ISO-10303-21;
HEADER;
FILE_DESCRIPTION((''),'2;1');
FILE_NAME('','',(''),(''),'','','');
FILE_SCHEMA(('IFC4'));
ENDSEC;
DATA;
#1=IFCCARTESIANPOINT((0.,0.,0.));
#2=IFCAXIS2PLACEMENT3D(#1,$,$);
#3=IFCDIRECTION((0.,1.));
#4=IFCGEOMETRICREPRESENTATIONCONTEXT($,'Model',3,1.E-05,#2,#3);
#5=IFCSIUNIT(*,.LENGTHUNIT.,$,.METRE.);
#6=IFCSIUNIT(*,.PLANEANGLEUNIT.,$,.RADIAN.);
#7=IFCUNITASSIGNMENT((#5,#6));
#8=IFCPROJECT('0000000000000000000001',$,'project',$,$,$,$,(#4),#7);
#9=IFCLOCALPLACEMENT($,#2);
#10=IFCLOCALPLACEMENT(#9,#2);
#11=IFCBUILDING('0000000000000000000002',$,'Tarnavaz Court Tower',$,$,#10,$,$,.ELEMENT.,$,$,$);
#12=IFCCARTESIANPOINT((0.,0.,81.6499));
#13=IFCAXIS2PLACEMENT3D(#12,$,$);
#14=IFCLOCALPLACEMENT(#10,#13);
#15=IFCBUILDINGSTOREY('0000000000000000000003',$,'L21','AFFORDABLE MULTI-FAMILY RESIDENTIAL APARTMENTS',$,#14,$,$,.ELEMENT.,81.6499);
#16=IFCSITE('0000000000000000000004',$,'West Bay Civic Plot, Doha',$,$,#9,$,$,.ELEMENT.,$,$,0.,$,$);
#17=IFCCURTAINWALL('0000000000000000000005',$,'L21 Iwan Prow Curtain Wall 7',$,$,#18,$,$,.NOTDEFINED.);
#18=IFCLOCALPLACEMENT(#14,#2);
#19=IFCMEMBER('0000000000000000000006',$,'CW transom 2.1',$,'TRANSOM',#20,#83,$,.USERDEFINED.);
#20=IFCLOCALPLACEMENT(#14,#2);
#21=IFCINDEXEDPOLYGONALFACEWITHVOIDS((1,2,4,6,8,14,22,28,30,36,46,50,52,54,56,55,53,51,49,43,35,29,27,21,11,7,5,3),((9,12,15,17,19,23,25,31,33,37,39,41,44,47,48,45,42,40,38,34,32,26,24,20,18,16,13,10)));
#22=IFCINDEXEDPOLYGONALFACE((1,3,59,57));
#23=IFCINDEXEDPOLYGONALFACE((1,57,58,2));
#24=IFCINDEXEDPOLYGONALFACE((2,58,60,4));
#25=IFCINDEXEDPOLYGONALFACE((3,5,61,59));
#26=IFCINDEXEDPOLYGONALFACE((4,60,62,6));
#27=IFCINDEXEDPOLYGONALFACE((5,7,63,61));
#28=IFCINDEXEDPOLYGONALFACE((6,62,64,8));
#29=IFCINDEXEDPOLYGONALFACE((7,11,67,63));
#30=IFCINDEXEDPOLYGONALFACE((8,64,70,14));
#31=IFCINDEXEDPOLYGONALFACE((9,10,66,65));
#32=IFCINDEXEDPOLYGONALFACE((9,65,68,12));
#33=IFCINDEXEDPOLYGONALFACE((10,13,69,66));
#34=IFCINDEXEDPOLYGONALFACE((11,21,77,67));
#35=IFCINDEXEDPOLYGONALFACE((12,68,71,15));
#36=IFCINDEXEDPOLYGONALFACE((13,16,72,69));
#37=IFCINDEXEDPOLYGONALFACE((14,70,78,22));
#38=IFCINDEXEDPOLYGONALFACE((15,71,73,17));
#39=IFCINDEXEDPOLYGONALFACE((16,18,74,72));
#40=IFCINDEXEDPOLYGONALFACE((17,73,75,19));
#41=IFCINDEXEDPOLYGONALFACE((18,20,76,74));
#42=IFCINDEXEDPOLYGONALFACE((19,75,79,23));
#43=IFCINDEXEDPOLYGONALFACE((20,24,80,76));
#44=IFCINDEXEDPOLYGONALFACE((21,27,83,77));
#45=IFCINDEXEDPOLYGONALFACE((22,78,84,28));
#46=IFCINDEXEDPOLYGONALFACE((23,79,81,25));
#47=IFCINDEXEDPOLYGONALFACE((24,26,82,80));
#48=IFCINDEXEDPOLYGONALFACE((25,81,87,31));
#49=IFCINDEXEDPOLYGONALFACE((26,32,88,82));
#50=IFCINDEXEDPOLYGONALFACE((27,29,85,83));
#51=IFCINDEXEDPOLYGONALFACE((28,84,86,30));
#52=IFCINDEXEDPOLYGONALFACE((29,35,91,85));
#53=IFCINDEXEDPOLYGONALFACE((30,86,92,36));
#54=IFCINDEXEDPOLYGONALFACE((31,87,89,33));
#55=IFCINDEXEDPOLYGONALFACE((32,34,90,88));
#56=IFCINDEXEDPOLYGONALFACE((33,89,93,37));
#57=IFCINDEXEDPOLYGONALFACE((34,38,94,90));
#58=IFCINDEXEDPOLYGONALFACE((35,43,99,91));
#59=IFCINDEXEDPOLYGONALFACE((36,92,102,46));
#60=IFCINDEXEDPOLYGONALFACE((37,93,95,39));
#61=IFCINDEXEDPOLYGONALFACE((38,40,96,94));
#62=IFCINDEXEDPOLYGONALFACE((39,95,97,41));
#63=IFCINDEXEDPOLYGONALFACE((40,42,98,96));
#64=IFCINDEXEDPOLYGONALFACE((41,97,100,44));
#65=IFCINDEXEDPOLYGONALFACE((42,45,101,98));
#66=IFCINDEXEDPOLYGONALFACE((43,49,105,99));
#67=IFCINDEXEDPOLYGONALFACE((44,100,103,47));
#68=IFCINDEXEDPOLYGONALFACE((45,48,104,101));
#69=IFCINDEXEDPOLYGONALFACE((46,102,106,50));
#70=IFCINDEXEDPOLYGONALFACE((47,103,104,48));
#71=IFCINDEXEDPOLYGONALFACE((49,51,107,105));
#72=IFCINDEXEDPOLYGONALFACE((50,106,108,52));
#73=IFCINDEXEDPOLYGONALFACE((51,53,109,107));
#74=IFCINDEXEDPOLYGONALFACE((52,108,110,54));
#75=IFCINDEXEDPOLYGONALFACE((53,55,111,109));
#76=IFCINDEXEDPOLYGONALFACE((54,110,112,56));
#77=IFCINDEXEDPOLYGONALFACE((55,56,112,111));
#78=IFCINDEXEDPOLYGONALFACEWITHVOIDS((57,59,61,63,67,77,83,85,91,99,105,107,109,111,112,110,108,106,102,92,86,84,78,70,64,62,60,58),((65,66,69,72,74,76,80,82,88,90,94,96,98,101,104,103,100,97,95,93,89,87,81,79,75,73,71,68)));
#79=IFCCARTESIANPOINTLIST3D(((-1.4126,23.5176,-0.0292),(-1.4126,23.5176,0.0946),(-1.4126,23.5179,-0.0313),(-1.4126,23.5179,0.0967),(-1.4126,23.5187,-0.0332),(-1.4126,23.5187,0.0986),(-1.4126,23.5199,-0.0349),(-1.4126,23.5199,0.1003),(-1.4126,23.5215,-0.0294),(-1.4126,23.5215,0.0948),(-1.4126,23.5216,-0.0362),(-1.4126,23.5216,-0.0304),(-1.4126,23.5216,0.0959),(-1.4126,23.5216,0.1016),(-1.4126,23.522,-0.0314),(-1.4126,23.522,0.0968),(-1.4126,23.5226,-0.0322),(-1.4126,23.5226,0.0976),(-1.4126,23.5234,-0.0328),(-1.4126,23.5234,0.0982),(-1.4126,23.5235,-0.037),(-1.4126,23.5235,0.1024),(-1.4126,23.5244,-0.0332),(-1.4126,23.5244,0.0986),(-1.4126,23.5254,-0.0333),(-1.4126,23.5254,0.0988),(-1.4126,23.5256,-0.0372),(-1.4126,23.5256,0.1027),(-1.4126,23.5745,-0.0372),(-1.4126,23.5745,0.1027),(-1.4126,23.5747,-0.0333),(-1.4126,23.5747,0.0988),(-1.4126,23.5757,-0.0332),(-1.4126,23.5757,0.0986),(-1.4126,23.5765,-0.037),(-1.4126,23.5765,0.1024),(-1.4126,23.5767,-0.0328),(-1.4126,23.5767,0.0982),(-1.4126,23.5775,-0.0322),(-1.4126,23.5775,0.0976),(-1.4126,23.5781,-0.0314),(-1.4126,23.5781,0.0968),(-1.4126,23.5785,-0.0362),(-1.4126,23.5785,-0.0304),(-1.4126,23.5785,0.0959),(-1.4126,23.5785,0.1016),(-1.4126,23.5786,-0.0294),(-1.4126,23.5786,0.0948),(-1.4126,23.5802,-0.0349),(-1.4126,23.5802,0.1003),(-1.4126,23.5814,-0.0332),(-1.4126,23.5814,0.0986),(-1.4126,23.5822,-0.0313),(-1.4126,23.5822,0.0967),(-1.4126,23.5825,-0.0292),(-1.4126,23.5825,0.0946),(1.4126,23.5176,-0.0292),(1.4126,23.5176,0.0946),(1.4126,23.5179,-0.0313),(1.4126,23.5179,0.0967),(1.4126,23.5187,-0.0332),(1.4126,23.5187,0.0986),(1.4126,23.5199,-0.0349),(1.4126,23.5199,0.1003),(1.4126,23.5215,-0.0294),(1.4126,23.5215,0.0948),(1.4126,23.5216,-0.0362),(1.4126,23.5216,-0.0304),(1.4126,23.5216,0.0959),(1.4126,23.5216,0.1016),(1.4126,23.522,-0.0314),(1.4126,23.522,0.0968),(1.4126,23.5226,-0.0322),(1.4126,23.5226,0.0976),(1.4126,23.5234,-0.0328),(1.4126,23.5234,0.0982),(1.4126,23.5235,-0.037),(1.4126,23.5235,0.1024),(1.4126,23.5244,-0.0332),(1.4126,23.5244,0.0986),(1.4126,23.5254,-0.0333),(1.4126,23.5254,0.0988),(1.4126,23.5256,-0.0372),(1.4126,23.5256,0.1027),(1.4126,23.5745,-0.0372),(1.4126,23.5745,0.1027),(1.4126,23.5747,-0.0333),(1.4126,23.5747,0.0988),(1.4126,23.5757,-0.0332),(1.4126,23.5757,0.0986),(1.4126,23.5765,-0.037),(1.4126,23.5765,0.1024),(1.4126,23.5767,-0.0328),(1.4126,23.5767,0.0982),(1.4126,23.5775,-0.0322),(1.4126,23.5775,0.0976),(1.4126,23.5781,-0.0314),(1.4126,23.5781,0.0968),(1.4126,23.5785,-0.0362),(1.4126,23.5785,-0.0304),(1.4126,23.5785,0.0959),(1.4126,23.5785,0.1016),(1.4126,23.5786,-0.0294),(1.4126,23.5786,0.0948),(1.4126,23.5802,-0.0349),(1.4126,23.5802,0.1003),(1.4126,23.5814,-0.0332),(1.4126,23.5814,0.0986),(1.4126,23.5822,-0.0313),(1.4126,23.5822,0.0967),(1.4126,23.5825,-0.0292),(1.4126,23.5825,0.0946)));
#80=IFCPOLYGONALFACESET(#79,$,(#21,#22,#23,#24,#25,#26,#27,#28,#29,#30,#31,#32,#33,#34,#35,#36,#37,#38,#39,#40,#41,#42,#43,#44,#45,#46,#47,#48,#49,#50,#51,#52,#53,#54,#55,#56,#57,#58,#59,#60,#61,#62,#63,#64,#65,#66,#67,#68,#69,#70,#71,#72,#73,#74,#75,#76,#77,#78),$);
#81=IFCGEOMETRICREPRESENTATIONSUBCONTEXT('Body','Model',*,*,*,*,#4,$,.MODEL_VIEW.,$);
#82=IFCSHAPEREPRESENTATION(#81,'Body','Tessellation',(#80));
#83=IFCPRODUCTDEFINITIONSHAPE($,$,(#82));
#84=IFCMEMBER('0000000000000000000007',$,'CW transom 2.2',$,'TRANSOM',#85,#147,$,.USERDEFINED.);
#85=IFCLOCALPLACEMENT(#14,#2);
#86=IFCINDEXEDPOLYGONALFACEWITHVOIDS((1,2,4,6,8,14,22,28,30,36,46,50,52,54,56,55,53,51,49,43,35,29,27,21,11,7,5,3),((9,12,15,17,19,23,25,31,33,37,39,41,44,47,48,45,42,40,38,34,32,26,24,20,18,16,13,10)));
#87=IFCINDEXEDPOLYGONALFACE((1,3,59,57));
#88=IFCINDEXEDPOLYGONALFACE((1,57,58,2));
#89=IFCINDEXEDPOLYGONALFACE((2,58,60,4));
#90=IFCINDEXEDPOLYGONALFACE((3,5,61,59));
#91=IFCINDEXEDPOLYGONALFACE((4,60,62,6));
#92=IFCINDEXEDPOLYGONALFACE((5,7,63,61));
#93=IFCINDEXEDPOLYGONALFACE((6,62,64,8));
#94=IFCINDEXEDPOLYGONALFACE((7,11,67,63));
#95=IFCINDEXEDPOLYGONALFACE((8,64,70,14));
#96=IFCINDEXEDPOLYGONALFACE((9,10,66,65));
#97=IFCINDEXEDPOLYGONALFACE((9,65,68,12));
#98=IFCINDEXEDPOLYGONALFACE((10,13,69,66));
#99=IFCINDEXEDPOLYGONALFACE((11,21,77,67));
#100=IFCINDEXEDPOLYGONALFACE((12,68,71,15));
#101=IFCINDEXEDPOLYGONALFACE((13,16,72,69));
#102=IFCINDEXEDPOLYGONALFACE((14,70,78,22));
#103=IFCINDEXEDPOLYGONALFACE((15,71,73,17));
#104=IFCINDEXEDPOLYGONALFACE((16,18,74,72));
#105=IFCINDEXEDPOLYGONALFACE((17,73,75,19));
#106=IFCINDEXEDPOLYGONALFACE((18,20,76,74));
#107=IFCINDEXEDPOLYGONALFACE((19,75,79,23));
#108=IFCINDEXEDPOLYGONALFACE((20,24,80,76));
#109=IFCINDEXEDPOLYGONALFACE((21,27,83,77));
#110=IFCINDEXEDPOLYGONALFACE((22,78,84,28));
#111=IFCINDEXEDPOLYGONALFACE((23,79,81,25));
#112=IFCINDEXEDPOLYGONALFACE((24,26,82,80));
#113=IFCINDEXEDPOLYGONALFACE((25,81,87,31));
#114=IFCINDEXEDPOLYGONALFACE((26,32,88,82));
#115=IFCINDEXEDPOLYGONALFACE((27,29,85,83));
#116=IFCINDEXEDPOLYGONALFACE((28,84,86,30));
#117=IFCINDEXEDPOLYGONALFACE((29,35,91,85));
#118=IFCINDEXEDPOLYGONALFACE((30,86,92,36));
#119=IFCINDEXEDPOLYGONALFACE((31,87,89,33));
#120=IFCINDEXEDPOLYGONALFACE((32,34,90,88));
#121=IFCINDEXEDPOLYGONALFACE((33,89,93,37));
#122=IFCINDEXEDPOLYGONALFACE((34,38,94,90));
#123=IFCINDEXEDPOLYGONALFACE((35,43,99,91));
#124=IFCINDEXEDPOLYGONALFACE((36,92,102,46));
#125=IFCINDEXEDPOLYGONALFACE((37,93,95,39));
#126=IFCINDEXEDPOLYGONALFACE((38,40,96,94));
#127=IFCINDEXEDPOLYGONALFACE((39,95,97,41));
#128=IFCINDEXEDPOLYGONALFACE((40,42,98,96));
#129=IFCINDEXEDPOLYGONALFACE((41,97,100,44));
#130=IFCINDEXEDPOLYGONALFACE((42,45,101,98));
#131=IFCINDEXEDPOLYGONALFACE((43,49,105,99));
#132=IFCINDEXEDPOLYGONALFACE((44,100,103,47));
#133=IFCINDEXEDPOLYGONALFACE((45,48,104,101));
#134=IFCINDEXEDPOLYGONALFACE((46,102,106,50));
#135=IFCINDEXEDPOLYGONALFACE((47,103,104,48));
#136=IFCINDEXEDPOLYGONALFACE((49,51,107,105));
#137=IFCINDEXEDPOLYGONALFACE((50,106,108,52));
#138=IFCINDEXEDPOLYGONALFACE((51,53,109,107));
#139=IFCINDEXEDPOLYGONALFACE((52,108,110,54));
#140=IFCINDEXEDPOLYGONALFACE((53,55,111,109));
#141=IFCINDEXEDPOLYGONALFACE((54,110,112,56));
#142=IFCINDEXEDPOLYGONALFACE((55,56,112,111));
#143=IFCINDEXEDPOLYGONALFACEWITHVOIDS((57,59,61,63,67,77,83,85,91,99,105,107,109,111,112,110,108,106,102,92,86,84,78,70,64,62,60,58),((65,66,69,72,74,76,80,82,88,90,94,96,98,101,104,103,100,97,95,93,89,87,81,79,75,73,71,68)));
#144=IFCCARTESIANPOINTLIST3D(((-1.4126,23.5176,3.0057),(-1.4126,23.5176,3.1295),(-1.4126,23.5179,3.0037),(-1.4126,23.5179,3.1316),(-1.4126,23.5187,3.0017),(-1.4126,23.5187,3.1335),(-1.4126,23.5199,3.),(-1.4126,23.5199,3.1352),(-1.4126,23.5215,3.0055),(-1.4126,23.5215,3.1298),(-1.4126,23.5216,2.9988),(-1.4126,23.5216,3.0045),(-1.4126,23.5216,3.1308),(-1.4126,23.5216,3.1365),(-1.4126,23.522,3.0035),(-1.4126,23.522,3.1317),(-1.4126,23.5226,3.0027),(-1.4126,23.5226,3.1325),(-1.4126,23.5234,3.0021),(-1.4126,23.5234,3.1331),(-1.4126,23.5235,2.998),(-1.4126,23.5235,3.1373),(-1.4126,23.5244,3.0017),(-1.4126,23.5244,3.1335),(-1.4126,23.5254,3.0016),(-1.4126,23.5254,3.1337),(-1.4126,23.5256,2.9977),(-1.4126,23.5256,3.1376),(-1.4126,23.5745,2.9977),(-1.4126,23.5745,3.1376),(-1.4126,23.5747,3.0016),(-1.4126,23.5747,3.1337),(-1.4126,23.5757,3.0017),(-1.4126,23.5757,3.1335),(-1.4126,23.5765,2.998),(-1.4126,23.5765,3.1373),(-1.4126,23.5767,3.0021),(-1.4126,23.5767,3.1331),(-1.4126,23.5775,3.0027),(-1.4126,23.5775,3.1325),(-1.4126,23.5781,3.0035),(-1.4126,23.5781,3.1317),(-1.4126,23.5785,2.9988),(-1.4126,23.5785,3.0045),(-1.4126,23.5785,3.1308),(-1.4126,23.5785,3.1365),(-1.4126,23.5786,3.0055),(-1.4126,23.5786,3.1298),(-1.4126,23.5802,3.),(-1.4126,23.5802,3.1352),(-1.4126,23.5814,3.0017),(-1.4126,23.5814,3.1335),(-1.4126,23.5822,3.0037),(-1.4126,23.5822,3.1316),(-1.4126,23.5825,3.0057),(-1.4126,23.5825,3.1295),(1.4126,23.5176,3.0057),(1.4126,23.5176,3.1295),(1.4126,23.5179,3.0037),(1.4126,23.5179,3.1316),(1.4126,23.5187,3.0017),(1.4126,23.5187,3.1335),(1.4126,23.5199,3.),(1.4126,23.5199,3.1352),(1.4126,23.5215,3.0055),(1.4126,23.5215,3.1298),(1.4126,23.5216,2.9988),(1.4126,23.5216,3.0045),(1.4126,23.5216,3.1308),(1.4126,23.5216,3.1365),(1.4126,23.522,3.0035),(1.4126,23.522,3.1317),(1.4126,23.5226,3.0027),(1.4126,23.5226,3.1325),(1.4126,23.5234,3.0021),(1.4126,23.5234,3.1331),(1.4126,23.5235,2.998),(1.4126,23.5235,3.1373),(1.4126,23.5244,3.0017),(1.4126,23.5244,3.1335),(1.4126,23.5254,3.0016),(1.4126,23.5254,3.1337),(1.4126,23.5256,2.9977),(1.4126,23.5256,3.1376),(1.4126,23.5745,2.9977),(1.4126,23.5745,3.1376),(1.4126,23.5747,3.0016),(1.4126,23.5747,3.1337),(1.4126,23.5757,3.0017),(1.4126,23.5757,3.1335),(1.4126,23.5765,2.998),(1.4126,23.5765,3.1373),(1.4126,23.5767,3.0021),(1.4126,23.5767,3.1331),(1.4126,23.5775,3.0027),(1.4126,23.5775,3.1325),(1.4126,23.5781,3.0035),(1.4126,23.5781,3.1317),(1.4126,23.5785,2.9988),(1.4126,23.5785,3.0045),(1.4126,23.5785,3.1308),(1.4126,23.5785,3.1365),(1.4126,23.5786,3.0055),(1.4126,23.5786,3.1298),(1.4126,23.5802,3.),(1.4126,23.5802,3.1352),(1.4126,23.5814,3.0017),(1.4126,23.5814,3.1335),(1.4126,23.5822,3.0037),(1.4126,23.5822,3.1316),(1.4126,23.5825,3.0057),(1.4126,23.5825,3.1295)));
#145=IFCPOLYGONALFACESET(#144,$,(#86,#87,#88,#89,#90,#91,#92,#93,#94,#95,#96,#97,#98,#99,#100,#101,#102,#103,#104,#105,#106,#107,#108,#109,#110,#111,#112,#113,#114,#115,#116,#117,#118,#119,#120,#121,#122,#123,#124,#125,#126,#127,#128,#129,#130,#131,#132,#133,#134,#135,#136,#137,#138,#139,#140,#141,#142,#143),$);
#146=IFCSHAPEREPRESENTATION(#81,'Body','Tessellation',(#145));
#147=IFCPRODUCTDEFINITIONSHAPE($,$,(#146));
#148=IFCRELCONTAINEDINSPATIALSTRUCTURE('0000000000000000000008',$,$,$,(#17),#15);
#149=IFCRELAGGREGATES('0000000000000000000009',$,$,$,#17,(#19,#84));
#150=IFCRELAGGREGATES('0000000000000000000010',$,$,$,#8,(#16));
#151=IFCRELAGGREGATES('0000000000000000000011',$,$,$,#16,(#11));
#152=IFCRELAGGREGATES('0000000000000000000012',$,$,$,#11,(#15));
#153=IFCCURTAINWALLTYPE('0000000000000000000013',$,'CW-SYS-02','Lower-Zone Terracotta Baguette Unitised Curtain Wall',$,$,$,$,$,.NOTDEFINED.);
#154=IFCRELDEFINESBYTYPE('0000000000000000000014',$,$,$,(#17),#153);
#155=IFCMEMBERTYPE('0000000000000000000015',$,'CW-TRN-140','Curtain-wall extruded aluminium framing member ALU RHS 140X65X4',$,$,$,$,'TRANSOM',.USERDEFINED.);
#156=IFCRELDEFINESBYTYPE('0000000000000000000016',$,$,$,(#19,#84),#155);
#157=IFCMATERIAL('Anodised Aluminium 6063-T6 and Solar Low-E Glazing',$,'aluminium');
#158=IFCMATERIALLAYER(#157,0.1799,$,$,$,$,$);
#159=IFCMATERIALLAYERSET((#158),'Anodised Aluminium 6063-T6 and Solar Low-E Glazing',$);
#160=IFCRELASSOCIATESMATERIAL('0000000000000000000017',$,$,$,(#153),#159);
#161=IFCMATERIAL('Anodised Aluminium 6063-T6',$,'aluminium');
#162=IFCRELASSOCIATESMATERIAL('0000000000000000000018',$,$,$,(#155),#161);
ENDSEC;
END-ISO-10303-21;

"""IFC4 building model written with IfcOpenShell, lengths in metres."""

from ifc_helpers import new_model, si_unit, direction, frame, origin, origin_2d, place, context, subcontext, project, spatial, hollow_rectangle, extrude, material, layer, layer_set, material_profile, profile_set, type_object, element, aggregate, save


model = new_model("IFC4")

# Units and contexts
model_context = context("Model", 3, precision=1e-05, world=origin(), true_north=direction((0.0, 1.0)))
body_context = subcontext(model_context, "Body", "Model", "MODEL_VIEW")
ifc_project = project(units=[si_unit("LENGTHUNIT", "METRE"), si_unit("PLANEANGLEUNIT", "RADIAN")], contexts=[model_context])

# Site, building, storey
site_placement = place(None, origin())
site = spatial("IfcSite", under=ifc_project, at=site_placement, Name="West Bay Civic Plot, Doha", CompositionType="ELEMENT", RefElevation=0.0)
building_placement = place(site_placement, origin())
building = spatial("IfcBuilding", under=site, at=building_placement, Name="Tarnavaz Court Tower", CompositionType="ELEMENT")
storey_placement = place(building_placement, frame((0.0, 0.0, 81.6499)))
storey = spatial("IfcBuildingStorey", under=building, at=storey_placement, Name="L21", Description="AFFORDABLE MULTI-FAMILY RESIDENTIAL APARTMENTS", CompositionType="ELEMENT", Elevation=81.6499)

# Curtain wall, members
ifc_material_1 = material(Name="Anodised Aluminium 6063-T6 and Solar Low-E Glazing", Category="aluminium")
ifc_layer_1 = layer(ifc_material_1, 0.1799)
ifc_layer_set_1 = layer_set([ifc_layer_1], Name="Anodised Aluminium 6063-T6 and Solar Low-E Glazing")
curtain_wall_type = type_object("IfcCurtainWallType", Name="CW-SYS-02", Description="Lower-Zone Terracotta Baguette Unitised Curtain Wall", PredefinedType="NOTDEFINED", material=ifc_layer_set_1)
curtain_wall_placement = place(storey_placement, origin())
curtain_wall = element("IfcCurtainWall", 1, at=curtain_wall_placement, inside=storey, type_object=curtain_wall_type, Name="L21 Iwan Prow Curtain Wall 7", PredefinedType="NOTDEFINED")
ifc_material_2 = material(Name="Anodised Aluminium 6063-T6", Category="aluminium")
ifc_material_profile_1 = material_profile(ifc_material_2, hollow_rectangle(XDim=0.0649, YDim=0.1399, WallThickness=0.0039, InnerFilletRadius=0.0039, OuterFilletRadius=0.0081, at=origin_2d()), Name="ALU RHS 140X65X4")
ifc_profile_set_1 = profile_set([ifc_material_profile_1], Name="Anodised Aluminium 6063-T6")
member_type_1 = type_object("IfcMemberType", Name="CW-TRN-140", Description="Curtain-wall extruded aluminium framing member ALU RHS 140X65X4", ElementType="TRANSOM", PredefinedType="USERDEFINED", material=ifc_profile_set_1)
member_1_placement = place(storey_placement, frame((-1.4126, 23.55, 0.0327), z_axis=(1.0, 0.0, 0.0), x_axis=(0.0, 1.0, 0.0)))
member_1 = element("IfcMember", 2, at=member_1_placement, type_object=member_type_1, Name="CW transom 2.1", ObjectType="TRANSOM", PredefinedType="USERDEFINED", context=body_context, shape_type="SweptSolid", body=[
    extrude(hollow_rectangle(XDim=0.0649, YDim=0.1399, WallThickness=0.0039, InnerFilletRadius=0.0039, OuterFilletRadius=0.0081, at=origin_2d()), origin(), (0.0, 0.0, 1.0), 2.8252),
])
member_2_placement = place(storey_placement, frame((-1.4126, 23.55, 3.0676), z_axis=(1.0, 0.0, 0.0), x_axis=(0.0, 1.0, 0.0)))
member_2 = element("IfcMember", 3, at=member_2_placement, type_object=member_type_1, Name="CW transom 2.2", ObjectType="TRANSOM", PredefinedType="USERDEFINED", context=body_context, shape_type="SweptSolid", body=[
    extrude(hollow_rectangle(XDim=0.0649, YDim=0.1399, WallThickness=0.0039, InnerFilletRadius=0.0039, OuterFilletRadius=0.0081, at=origin_2d()), origin(), (0.0, 0.0, 1.0), 2.8252),
])
aggregate(curtain_wall, [member_1, member_2])

save(model, "model.ifc")
